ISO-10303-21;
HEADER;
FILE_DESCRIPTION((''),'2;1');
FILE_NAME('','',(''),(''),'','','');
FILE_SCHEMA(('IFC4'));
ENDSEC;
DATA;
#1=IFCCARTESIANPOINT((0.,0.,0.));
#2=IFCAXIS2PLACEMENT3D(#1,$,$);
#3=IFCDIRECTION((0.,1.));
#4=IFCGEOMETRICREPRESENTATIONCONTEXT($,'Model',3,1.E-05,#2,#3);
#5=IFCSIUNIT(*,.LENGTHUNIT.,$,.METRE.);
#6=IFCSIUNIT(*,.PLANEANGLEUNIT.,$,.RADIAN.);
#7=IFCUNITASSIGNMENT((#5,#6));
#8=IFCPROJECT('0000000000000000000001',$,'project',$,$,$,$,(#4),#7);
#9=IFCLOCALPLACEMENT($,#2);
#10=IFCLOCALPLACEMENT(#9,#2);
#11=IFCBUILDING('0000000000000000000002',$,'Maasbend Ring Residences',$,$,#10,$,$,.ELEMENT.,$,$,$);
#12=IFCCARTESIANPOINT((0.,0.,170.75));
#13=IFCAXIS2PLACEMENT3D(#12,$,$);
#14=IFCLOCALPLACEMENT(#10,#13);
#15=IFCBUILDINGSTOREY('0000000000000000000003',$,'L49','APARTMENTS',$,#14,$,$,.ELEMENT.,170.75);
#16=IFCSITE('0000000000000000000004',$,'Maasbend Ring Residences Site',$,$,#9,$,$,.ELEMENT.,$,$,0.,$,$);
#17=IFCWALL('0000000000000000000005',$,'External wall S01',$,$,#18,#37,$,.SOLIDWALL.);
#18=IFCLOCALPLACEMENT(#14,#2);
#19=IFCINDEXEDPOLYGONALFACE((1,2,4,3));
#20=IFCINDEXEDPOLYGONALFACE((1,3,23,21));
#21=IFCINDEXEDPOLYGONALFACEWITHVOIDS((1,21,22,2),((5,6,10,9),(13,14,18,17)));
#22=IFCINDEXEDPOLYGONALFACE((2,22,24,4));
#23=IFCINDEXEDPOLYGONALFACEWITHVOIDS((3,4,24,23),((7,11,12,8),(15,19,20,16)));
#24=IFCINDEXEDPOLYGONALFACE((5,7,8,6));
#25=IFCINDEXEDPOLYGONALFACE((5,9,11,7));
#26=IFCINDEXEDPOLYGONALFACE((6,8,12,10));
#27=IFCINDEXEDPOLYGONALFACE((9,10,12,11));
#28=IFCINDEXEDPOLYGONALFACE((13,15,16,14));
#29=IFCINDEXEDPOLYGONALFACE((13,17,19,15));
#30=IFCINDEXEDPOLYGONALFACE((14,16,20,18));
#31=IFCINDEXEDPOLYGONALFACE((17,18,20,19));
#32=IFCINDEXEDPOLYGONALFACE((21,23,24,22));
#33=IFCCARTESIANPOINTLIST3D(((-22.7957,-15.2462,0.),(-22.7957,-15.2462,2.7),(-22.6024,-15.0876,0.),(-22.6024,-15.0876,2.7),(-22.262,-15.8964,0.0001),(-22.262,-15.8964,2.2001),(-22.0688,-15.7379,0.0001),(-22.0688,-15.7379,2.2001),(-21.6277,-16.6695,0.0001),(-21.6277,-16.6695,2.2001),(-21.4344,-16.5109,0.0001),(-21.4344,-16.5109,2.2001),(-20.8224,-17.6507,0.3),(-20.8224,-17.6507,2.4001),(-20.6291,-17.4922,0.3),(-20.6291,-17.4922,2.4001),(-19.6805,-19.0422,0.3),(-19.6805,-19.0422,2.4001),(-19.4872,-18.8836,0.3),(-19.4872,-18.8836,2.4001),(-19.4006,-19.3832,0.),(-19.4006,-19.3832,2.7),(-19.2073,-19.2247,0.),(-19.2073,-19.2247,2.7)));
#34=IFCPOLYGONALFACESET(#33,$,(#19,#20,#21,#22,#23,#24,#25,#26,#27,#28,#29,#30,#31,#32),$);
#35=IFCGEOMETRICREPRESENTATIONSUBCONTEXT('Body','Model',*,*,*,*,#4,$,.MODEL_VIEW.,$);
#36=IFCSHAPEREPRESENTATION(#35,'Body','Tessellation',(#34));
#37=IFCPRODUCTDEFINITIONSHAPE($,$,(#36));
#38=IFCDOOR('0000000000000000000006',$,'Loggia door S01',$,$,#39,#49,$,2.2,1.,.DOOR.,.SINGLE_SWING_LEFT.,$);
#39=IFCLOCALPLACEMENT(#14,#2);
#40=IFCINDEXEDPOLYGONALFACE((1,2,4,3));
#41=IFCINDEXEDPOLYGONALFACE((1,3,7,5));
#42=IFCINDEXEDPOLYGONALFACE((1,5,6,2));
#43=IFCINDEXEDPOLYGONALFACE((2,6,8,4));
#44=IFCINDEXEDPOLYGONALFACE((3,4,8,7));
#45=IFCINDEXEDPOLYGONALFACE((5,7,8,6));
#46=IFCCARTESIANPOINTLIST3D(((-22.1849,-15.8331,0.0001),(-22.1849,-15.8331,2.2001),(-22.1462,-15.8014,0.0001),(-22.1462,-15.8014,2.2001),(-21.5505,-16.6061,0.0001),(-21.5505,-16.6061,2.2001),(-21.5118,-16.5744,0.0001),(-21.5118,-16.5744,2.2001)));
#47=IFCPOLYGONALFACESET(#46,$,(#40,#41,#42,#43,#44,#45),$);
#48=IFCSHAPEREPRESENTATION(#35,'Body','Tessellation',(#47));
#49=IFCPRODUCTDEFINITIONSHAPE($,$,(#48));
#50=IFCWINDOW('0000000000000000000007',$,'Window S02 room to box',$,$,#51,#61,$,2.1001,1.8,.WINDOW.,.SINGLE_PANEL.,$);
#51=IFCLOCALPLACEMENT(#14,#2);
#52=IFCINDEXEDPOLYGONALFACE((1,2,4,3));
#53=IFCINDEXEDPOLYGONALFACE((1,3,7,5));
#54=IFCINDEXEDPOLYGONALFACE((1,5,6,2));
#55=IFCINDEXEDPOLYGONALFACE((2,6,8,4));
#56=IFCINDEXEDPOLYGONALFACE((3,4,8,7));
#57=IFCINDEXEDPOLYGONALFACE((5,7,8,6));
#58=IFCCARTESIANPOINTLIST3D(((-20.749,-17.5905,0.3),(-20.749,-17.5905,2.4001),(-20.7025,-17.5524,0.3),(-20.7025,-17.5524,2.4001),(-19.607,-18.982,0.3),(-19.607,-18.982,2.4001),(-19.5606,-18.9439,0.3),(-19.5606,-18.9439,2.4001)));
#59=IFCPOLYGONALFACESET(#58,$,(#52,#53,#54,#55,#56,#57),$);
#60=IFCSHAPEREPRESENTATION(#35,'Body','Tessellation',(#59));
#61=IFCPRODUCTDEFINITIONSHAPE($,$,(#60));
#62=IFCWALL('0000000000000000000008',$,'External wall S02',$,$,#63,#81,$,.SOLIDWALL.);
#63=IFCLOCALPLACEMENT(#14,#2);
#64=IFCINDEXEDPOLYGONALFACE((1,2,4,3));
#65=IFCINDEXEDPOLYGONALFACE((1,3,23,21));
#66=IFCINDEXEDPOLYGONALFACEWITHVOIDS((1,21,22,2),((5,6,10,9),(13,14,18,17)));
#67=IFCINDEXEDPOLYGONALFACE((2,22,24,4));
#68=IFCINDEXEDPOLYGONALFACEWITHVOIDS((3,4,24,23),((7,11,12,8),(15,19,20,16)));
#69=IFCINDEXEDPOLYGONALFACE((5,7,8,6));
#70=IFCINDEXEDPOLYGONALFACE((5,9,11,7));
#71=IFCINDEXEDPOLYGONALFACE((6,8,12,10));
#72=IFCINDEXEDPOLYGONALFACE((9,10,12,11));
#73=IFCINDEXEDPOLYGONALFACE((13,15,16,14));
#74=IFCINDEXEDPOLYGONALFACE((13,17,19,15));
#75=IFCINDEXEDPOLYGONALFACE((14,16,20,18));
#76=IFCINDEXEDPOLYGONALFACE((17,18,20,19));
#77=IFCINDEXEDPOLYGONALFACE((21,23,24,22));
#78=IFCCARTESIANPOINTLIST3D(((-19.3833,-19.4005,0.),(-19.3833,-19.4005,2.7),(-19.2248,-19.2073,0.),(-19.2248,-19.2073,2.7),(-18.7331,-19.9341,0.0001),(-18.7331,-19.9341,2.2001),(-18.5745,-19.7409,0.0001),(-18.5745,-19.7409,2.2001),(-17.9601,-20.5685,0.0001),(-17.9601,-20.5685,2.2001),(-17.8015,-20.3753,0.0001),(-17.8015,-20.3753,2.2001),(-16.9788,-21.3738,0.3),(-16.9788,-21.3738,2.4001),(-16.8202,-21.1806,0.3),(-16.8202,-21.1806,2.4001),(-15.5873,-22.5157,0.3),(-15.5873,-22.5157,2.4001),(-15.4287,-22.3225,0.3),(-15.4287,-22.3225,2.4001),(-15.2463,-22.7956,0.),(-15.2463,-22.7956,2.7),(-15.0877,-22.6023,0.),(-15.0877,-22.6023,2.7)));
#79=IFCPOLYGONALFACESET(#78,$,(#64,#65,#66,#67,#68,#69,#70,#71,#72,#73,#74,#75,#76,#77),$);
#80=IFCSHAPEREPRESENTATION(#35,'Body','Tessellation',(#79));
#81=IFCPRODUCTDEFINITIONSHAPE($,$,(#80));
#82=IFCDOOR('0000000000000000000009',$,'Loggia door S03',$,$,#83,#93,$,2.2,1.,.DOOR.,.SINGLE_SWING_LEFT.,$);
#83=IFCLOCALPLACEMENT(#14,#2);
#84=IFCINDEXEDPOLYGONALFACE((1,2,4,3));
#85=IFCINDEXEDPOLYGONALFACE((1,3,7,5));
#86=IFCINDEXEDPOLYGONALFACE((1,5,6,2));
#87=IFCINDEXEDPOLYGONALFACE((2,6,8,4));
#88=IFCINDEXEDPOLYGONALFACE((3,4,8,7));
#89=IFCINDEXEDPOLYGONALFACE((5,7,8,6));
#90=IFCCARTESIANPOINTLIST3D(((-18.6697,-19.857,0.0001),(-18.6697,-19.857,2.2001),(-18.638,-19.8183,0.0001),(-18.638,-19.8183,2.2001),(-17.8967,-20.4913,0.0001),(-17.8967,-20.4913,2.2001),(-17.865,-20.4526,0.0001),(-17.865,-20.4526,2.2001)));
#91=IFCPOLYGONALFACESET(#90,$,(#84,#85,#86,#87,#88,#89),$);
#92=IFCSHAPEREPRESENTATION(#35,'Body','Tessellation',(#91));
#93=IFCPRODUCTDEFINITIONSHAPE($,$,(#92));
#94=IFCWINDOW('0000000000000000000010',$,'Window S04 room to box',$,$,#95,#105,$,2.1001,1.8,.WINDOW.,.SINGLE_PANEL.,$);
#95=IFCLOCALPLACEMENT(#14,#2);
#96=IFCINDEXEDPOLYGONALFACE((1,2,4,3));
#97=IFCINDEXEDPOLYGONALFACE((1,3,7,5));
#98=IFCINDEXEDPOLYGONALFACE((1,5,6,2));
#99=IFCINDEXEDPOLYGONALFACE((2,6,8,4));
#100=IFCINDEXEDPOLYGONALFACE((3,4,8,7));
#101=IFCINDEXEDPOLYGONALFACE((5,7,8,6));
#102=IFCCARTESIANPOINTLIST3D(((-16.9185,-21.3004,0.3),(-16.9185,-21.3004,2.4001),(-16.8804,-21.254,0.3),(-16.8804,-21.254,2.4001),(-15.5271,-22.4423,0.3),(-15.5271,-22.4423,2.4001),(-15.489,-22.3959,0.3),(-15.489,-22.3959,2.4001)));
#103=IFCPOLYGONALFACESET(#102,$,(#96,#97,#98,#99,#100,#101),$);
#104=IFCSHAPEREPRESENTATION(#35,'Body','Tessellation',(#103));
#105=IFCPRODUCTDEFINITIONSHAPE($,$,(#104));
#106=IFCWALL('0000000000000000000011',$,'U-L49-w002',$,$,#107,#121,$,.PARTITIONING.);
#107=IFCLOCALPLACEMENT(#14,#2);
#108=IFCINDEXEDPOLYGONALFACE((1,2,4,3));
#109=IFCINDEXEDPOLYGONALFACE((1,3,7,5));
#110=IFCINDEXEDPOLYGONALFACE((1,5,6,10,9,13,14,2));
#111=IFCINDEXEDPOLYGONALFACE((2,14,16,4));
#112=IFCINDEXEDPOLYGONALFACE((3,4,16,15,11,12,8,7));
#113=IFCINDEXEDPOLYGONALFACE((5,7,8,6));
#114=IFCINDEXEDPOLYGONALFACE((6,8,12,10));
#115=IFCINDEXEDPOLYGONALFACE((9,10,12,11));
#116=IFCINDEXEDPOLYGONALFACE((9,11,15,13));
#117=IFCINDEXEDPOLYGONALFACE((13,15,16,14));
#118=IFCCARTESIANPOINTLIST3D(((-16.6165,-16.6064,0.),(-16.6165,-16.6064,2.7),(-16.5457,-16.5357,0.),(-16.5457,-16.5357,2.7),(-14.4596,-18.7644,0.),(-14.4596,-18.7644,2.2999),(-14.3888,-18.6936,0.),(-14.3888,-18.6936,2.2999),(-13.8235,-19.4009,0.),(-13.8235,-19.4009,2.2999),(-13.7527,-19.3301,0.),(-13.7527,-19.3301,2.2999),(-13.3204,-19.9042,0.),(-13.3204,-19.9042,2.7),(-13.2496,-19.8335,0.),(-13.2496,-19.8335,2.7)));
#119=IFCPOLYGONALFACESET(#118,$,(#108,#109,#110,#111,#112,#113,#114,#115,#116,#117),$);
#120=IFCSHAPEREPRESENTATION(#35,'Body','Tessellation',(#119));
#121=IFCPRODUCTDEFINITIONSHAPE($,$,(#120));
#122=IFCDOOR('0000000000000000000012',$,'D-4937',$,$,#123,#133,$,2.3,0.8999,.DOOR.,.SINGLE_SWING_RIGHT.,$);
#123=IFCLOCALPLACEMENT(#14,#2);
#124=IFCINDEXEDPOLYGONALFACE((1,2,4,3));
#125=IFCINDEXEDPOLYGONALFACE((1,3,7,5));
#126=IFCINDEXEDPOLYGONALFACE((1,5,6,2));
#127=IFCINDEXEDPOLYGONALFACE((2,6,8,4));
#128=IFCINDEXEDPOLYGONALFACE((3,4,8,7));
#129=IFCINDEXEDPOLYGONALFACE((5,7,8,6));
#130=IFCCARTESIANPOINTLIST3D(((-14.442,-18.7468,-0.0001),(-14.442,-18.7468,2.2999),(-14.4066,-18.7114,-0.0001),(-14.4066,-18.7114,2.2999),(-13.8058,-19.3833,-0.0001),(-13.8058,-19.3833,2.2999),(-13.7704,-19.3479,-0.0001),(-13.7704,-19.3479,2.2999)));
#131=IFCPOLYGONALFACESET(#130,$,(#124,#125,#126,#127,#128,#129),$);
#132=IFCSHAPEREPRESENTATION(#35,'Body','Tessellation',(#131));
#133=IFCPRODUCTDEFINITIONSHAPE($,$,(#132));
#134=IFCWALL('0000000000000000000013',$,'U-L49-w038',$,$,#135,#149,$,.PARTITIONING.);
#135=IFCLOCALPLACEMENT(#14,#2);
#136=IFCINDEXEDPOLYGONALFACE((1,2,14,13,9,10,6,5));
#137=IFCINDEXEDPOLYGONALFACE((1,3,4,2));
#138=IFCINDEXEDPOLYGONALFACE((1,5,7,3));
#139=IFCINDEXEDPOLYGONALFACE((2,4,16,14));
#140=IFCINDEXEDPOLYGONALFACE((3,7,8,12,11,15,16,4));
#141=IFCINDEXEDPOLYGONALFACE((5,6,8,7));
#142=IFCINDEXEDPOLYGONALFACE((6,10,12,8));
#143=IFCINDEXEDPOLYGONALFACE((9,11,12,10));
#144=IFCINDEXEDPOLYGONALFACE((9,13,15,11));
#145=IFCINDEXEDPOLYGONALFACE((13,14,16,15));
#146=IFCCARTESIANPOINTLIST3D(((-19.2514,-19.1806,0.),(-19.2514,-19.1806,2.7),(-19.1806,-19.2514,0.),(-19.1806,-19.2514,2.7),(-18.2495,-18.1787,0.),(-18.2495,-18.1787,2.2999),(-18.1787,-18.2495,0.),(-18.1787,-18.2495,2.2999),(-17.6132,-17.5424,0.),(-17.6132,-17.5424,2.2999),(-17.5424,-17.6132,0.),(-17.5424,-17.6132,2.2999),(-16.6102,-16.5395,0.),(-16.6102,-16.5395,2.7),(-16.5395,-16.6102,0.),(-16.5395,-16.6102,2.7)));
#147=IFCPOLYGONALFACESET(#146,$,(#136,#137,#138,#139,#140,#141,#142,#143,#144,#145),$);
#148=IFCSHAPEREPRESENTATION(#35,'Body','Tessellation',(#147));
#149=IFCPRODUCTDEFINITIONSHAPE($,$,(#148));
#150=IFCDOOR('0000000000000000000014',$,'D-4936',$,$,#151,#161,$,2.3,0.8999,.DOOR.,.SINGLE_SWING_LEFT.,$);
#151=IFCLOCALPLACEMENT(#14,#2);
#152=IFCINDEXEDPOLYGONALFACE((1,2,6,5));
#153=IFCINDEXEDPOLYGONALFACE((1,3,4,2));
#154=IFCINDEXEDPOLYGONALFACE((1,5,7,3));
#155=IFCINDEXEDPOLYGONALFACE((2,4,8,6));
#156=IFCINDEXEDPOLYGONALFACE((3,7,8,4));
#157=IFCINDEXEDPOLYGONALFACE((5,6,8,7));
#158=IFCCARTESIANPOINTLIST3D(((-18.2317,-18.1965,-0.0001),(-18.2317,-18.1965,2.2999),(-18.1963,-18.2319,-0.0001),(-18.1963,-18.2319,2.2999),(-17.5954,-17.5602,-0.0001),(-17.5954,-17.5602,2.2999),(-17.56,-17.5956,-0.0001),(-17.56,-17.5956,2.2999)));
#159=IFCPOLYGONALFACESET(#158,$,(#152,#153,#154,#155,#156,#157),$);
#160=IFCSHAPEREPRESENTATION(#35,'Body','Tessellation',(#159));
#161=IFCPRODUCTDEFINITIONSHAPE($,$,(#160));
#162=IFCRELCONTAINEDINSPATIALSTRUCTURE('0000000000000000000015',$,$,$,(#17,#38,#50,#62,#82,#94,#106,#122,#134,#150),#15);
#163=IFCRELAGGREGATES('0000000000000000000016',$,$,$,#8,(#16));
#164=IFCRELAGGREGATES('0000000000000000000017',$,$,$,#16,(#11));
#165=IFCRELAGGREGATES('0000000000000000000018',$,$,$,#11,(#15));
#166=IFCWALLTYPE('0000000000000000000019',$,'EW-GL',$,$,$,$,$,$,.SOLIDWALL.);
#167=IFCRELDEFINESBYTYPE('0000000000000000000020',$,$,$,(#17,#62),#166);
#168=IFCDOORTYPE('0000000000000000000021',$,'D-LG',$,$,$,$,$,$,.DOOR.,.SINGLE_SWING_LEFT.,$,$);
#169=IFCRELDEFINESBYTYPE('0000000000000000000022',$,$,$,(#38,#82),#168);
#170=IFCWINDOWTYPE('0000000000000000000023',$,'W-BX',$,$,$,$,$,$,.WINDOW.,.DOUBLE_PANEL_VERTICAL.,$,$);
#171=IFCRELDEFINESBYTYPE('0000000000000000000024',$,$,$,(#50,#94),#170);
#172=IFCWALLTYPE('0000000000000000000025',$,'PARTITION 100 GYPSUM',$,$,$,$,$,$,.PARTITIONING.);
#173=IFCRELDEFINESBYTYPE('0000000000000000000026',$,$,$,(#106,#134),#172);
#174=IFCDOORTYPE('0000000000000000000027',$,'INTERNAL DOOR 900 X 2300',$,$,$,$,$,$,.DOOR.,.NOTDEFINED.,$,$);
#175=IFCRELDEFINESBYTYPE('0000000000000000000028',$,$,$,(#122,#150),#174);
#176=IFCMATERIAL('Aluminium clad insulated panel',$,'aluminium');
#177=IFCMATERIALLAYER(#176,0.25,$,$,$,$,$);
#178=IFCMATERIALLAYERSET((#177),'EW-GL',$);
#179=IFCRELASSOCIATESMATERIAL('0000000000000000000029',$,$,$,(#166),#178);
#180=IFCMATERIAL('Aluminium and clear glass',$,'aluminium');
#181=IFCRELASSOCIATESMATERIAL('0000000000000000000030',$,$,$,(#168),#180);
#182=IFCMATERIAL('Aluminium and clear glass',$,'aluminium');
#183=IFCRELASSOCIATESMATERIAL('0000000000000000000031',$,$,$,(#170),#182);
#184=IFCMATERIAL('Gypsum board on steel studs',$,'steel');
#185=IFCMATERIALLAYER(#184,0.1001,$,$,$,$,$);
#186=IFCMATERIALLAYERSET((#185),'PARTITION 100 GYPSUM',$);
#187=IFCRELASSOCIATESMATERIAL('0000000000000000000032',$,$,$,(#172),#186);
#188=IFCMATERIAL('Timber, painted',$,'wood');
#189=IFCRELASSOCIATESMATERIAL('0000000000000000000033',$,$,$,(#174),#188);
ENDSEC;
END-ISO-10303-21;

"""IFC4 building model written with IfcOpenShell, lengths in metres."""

from ifc_helpers import new_model, si_unit, direction, frame, frame_2d, origin, place, context, subcontext, project, spatial, rectangle, extrude, material, layer, layer_set, type_object, element, fill, save


model = new_model("IFC4")

# Units and contexts
model_context = context("Model", 3, precision=1e-05, world=origin(), true_north=direction((0.0, 1.0)))
body_context = subcontext(model_context, "Body", "Model", "MODEL_VIEW")
ifc_project = project(units=[si_unit("LENGTHUNIT", "METRE"), si_unit("PLANEANGLEUNIT", "RADIAN")], contexts=[model_context])

# Site, building, storey
site_placement = place(None, origin())
site = spatial("IfcSite", under=ifc_project, at=site_placement, Name="Maasbend Ring Residences Site", CompositionType="ELEMENT", RefElevation=0.0)
building_placement = place(site_placement, origin())
building = spatial("IfcBuilding", under=site, at=building_placement, Name="Maasbend Ring Residences", CompositionType="ELEMENT")
storey_placement = place(building_placement, frame((0.0, 0.0, 170.75)))
storey = spatial("IfcBuildingStorey", under=building, at=storey_placement, Name="L49", Description="APARTMENTS", CompositionType="ELEMENT", Elevation=170.75)

# Walls, openings, doors, windows
ifc_material_1 = material(Name="Aluminium clad insulated panel", Category="aluminium")
ifc_layer_1 = layer(ifc_material_1, 0.25)
ifc_layer_set_1 = layer_set([ifc_layer_1], Name="EW-GL")
wall_type_1 = type_object("IfcWallType", Name="EW-GL", PredefinedType="SOLIDWALL", material=ifc_layer_set_1)
wall_1_placement = place(storey_placement, frame((-22.699, -15.167, 0.0), z_axis=(0.0, 0.0, 1.0), x_axis=(0.634382, -0.773019, 0.0)))
wall_1 = element("IfcWall", 1, at=wall_1_placement, inside=storey, type_object=wall_type_1, Name="External wall S01", PredefinedType="SOLIDWALL", context=body_context, shape_type="SweptSolid", body=[
    extrude(rectangle(XDim=5.3518, YDim=0.25, at=frame_2d((2.6758, 0.0))), origin(), (0.0, 0.0, 1.0), 2.7),
])
opening_1_placement = place(wall_1_placement, frame((0.8411, 0.0, 0.0)))
opening_1 = element("IfcOpeningElement", 2, at=opening_1_placement, cuts=wall_1, PredefinedType="OPENING", context=body_context, shape_type="SweptSolid", body=[
    extrude(rectangle(XDim=1.0, YDim=2.2, at=frame_2d((0.5, 1.1001))), frame((0.0, 0.135, 0.0), z_axis=(0.0, -1.0, 0.0), x_axis=(1.0, 0.0, 0.0)), (0.0, 0.0, 1.0), 0.27),
])
opening_2_placement = place(wall_1_placement, frame((3.1106, 0.0, 0.3)))
opening_2 = element("IfcOpeningElement", 3, at=opening_2_placement, cuts=wall_1, PredefinedType="OPENING", context=body_context, shape_type="SweptSolid", body=[
    extrude(rectangle(XDim=1.8, YDim=2.1001, at=frame_2d((0.8999, 1.05))), frame((0.0, 0.135, 0.0), z_axis=(0.0, -1.0, 0.0), x_axis=(1.0, 0.0, 0.0)), (0.0, 0.0, 1.0), 0.27),
])
ifc_material_2 = material(Name="Aluminium and clear glass", Category="aluminium")
door_type_1 = type_object("IfcDoorType", Name="D-LG", OperationType="SINGLE_SWING_LEFT", PredefinedType="DOOR", material=ifc_material_2)
door_1_placement = place(opening_1_placement, origin())
door_1 = element("IfcDoor", 4, at=door_1_placement, inside=storey, type_object=door_type_1, Name="Loggia door S01", OperationType="SINGLE_SWING_LEFT", OverallHeight=2.2, OverallWidth=1.0, PredefinedType="DOOR", context=body_context, shape_type="SweptSolid", body=[
    extrude(rectangle(XDim=1.0, YDim=2.2, at=frame_2d((0.5, 1.1001))), frame((0.0, 0.0249, 0.0), z_axis=(0.0, -1.0, 0.0), x_axis=(1.0, 0.0, 0.0)), (0.0, 0.0, 1.0), 0.05),
])
fill(opening_1, door_1)
ifc_material_3 = material(Name="Aluminium and clear glass", Category="aluminium")
window_type_1 = type_object("IfcWindowType", Name="W-BX", PartitioningType="DOUBLE_PANEL_VERTICAL", PredefinedType="WINDOW", material=ifc_material_3)
window_1_placement = place(opening_2_placement, origin())
window_1 = element("IfcWindow", 5, at=window_1_placement, inside=storey, type_object=window_type_1, Name="Window S02 room to box", OverallHeight=2.1001, OverallWidth=1.8, PartitioningType="SINGLE_PANEL", PredefinedType="WINDOW", context=body_context, shape_type="SweptSolid", body=[
    extrude(rectangle(XDim=1.8, YDim=2.1001, at=frame_2d((0.8999, 1.05))), frame((0.0, 0.03, 0.0), z_axis=(0.0, -1.0, 0.0), x_axis=(1.0, 0.0, 0.0)), (0.0, 0.0, 1.0), 0.0601),
])
fill(opening_2, window_1)
wall_2_placement = place(storey_placement, frame((-19.304, -19.304, 0.0), z_axis=(0.0, 0.0, 1.0), x_axis=(0.773019, -0.634382, 0.0)))
wall_2 = element("IfcWall", 6, at=wall_2_placement, inside=storey, type_object=wall_type_1, Name="External wall S02", PredefinedType="SOLIDWALL", context=body_context, shape_type="SweptSolid", body=[
    extrude(rectangle(XDim=5.3518, YDim=0.25, at=frame_2d((2.6758, 0.0))), origin(), (0.0, 0.0, 1.0), 2.7),
])
opening_3_placement = place(wall_2_placement, frame((0.8411, 0.0, 0.0)))
opening_3 = element("IfcOpeningElement", 7, at=opening_3_placement, cuts=wall_2, PredefinedType="OPENING", context=body_context, shape_type="SweptSolid", body=[
    extrude(rectangle(XDim=1.0, YDim=2.2, at=frame_2d((0.5, 1.1001))), frame((0.0, 0.135, 0.0), z_axis=(0.0, -1.0, 0.0), x_axis=(1.0, 0.0, 0.0)), (0.0, 0.0, 1.0), 0.27),
])
opening_4_placement = place(wall_2_placement, frame((3.1106, 0.0, 0.3)))
opening_4 = element("IfcOpeningElement", 8, at=opening_4_placement, cuts=wall_2, PredefinedType="OPENING", context=body_context, shape_type="SweptSolid", body=[
    extrude(rectangle(XDim=1.8, YDim=2.1001, at=frame_2d((0.8999, 1.05))), frame((0.0, 0.135, 0.0), z_axis=(0.0, -1.0, 0.0), x_axis=(1.0, 0.0, 0.0)), (0.0, 0.0, 1.0), 0.27),
])
door_2_placement = place(opening_3_placement, origin())
door_2 = element("IfcDoor", 9, at=door_2_placement, inside=storey, type_object=door_type_1, Name="Loggia door S03", OperationType="SINGLE_SWING_LEFT", OverallHeight=2.2, OverallWidth=1.0, PredefinedType="DOOR", context=body_context, shape_type="SweptSolid", body=[
    extrude(rectangle(XDim=1.0, YDim=2.2, at=frame_2d((0.5, 1.1001))), frame((0.0, 0.0249, 0.0), z_axis=(0.0, -1.0, 0.0), x_axis=(1.0, 0.0, 0.0)), (0.0, 0.0, 1.0), 0.05),
])
fill(opening_3, door_2)
window_2_placement = place(opening_4_placement, origin())
window_2 = element("IfcWindow", 10, at=window_2_placement, inside=storey, type_object=window_type_1, Name="Window S04 room to box", OverallHeight=2.1001, OverallWidth=1.8, PartitioningType="SINGLE_PANEL", PredefinedType="WINDOW", context=body_context, shape_type="SweptSolid", body=[
    extrude(rectangle(XDim=1.8, YDim=2.1001, at=frame_2d((0.8999, 1.05))), frame((0.0, 0.03, 0.0), z_axis=(0.0, -1.0, 0.0), x_axis=(1.0, 0.0, 0.0)), (0.0, 0.0, 1.0), 0.0601),
])
fill(opening_4, window_2)

# Walls, openings, doors
ifc_material_4 = material(Name="Gypsum board on steel studs", Category="steel")
ifc_layer_2 = layer(ifc_material_4, 0.1001)
ifc_layer_set_2 = layer_set([ifc_layer_2], Name="PARTITION 100 GYPSUM")
wall_type_2 = type_object("IfcWallType", Name="PARTITION 100 GYPSUM", PredefinedType="PARTITIONING", material=ifc_layer_set_2)
wall_3_placement = place(storey_placement, frame((-16.5811, -16.571, 0.0), z_axis=(0.0, 0.0, 1.0), x_axis=(0.706923, -0.70729, 0.0)))
wall_3 = element("IfcWall", 11, at=wall_3_placement, inside=storey, type_object=wall_type_2, Name="U-L49-w002", PredefinedType="PARTITIONING", context=body_context, shape_type="SweptSolid", body=[
    extrude(rectangle(XDim=4.6626, YDim=0.1001, at=frame_2d((2.3313, 0.0))), origin(), (0.0, 0.0, 1.0), 2.7),
])
opening_5_placement = place(wall_3_placement, frame((3.051, 0.0, 0.0)))
opening_5 = element("IfcOpeningElement", 12, at=opening_5_placement, cuts=wall_3, PredefinedType="OPENING", context=body_context, shape_type="SweptSolid", body=[
    extrude(rectangle(XDim=0.8999, YDim=2.3, at=frame_2d((0.45, 1.1499))), frame((0.0, 0.0601, 0.0), z_axis=(0.0, -1.0, 0.0), x_axis=(1.0, 0.0, 0.0)), (0.0, 0.0, 1.0), 0.1201),
])
ifc_material_5 = material(Name="Timber, painted", Category="wood")
door_type_2 = type_object("IfcDoorType", Name="INTERNAL DOOR 900 X 2300", OperationType="NOTDEFINED", PredefinedType="DOOR", material=ifc_material_5)
door_3_placement = place(opening_5_placement, origin())
door_3 = element("IfcDoor", 13, at=door_3_placement, inside=storey, type_object=door_type_2, Name="D-4937", OperationType="SINGLE_SWING_RIGHT", OverallHeight=2.3, OverallWidth=0.8999, PredefinedType="DOOR", context=body_context, shape_type="SweptSolid", body=[
    extrude(rectangle(XDim=0.8999, YDim=2.3, at=frame_2d((0.45, 1.1499))), frame((0.0, 0.0249, 0.0), z_axis=(0.0, -1.0, 0.0), x_axis=(1.0, 0.0, 0.0)), (0.0, 0.0, 1.0), 0.05),
])
fill(opening_5, door_3)
wall_4_placement = place(storey_placement, frame((-19.2161, -19.2161, 0.0), z_axis=(0.0, 0.0, 1.0), x_axis=(0.707107, 0.707107, 0.0)))
wall_4 = element("IfcWall", 14, at=wall_4_placement, inside=storey, type_object=wall_type_2, Name="U-L49-w038", PredefinedType="PARTITIONING", context=body_context, shape_type="SweptSolid", body=[
    extrude(rectangle(XDim=3.7351, YDim=0.1001, at=frame_2d((1.8677, 0.0))), origin(), (0.0, 0.0, 1.0), 2.7),
])
opening_6_placement = place(wall_4_placement, frame((1.417, 0.0, 0.0)))
opening_6 = element("IfcOpeningElement", 15, at=opening_6_placement, cuts=wall_4, PredefinedType="OPENING", context=body_context, shape_type="SweptSolid", body=[
    extrude(rectangle(XDim=0.8999, YDim=2.3, at=frame_2d((0.45, 1.1499))), frame((0.0, 0.0601, 0.0), z_axis=(0.0, -1.0, 0.0), x_axis=(1.0, 0.0, 0.0)), (0.0, 0.0, 1.0), 0.1201),
])
door_4_placement = place(opening_6_placement, origin())
door_4 = element("IfcDoor", 16, at=door_4_placement, inside=storey, type_object=door_type_2, Name="D-4936", OperationType="SINGLE_SWING_LEFT", OverallHeight=2.3, OverallWidth=0.8999, PredefinedType="DOOR", context=body_context, shape_type="SweptSolid", body=[
    extrude(rectangle(XDim=0.8999, YDim=2.3, at=frame_2d((0.45, 1.1499))), frame((0.0, 0.0249, 0.0), z_axis=(0.0, -1.0, 0.0), x_axis=(1.0, 0.0, 0.0)), (0.0, 0.0, 1.0), 0.05),
])
fill(opening_6, door_4)

save(model, "model.ifc")
